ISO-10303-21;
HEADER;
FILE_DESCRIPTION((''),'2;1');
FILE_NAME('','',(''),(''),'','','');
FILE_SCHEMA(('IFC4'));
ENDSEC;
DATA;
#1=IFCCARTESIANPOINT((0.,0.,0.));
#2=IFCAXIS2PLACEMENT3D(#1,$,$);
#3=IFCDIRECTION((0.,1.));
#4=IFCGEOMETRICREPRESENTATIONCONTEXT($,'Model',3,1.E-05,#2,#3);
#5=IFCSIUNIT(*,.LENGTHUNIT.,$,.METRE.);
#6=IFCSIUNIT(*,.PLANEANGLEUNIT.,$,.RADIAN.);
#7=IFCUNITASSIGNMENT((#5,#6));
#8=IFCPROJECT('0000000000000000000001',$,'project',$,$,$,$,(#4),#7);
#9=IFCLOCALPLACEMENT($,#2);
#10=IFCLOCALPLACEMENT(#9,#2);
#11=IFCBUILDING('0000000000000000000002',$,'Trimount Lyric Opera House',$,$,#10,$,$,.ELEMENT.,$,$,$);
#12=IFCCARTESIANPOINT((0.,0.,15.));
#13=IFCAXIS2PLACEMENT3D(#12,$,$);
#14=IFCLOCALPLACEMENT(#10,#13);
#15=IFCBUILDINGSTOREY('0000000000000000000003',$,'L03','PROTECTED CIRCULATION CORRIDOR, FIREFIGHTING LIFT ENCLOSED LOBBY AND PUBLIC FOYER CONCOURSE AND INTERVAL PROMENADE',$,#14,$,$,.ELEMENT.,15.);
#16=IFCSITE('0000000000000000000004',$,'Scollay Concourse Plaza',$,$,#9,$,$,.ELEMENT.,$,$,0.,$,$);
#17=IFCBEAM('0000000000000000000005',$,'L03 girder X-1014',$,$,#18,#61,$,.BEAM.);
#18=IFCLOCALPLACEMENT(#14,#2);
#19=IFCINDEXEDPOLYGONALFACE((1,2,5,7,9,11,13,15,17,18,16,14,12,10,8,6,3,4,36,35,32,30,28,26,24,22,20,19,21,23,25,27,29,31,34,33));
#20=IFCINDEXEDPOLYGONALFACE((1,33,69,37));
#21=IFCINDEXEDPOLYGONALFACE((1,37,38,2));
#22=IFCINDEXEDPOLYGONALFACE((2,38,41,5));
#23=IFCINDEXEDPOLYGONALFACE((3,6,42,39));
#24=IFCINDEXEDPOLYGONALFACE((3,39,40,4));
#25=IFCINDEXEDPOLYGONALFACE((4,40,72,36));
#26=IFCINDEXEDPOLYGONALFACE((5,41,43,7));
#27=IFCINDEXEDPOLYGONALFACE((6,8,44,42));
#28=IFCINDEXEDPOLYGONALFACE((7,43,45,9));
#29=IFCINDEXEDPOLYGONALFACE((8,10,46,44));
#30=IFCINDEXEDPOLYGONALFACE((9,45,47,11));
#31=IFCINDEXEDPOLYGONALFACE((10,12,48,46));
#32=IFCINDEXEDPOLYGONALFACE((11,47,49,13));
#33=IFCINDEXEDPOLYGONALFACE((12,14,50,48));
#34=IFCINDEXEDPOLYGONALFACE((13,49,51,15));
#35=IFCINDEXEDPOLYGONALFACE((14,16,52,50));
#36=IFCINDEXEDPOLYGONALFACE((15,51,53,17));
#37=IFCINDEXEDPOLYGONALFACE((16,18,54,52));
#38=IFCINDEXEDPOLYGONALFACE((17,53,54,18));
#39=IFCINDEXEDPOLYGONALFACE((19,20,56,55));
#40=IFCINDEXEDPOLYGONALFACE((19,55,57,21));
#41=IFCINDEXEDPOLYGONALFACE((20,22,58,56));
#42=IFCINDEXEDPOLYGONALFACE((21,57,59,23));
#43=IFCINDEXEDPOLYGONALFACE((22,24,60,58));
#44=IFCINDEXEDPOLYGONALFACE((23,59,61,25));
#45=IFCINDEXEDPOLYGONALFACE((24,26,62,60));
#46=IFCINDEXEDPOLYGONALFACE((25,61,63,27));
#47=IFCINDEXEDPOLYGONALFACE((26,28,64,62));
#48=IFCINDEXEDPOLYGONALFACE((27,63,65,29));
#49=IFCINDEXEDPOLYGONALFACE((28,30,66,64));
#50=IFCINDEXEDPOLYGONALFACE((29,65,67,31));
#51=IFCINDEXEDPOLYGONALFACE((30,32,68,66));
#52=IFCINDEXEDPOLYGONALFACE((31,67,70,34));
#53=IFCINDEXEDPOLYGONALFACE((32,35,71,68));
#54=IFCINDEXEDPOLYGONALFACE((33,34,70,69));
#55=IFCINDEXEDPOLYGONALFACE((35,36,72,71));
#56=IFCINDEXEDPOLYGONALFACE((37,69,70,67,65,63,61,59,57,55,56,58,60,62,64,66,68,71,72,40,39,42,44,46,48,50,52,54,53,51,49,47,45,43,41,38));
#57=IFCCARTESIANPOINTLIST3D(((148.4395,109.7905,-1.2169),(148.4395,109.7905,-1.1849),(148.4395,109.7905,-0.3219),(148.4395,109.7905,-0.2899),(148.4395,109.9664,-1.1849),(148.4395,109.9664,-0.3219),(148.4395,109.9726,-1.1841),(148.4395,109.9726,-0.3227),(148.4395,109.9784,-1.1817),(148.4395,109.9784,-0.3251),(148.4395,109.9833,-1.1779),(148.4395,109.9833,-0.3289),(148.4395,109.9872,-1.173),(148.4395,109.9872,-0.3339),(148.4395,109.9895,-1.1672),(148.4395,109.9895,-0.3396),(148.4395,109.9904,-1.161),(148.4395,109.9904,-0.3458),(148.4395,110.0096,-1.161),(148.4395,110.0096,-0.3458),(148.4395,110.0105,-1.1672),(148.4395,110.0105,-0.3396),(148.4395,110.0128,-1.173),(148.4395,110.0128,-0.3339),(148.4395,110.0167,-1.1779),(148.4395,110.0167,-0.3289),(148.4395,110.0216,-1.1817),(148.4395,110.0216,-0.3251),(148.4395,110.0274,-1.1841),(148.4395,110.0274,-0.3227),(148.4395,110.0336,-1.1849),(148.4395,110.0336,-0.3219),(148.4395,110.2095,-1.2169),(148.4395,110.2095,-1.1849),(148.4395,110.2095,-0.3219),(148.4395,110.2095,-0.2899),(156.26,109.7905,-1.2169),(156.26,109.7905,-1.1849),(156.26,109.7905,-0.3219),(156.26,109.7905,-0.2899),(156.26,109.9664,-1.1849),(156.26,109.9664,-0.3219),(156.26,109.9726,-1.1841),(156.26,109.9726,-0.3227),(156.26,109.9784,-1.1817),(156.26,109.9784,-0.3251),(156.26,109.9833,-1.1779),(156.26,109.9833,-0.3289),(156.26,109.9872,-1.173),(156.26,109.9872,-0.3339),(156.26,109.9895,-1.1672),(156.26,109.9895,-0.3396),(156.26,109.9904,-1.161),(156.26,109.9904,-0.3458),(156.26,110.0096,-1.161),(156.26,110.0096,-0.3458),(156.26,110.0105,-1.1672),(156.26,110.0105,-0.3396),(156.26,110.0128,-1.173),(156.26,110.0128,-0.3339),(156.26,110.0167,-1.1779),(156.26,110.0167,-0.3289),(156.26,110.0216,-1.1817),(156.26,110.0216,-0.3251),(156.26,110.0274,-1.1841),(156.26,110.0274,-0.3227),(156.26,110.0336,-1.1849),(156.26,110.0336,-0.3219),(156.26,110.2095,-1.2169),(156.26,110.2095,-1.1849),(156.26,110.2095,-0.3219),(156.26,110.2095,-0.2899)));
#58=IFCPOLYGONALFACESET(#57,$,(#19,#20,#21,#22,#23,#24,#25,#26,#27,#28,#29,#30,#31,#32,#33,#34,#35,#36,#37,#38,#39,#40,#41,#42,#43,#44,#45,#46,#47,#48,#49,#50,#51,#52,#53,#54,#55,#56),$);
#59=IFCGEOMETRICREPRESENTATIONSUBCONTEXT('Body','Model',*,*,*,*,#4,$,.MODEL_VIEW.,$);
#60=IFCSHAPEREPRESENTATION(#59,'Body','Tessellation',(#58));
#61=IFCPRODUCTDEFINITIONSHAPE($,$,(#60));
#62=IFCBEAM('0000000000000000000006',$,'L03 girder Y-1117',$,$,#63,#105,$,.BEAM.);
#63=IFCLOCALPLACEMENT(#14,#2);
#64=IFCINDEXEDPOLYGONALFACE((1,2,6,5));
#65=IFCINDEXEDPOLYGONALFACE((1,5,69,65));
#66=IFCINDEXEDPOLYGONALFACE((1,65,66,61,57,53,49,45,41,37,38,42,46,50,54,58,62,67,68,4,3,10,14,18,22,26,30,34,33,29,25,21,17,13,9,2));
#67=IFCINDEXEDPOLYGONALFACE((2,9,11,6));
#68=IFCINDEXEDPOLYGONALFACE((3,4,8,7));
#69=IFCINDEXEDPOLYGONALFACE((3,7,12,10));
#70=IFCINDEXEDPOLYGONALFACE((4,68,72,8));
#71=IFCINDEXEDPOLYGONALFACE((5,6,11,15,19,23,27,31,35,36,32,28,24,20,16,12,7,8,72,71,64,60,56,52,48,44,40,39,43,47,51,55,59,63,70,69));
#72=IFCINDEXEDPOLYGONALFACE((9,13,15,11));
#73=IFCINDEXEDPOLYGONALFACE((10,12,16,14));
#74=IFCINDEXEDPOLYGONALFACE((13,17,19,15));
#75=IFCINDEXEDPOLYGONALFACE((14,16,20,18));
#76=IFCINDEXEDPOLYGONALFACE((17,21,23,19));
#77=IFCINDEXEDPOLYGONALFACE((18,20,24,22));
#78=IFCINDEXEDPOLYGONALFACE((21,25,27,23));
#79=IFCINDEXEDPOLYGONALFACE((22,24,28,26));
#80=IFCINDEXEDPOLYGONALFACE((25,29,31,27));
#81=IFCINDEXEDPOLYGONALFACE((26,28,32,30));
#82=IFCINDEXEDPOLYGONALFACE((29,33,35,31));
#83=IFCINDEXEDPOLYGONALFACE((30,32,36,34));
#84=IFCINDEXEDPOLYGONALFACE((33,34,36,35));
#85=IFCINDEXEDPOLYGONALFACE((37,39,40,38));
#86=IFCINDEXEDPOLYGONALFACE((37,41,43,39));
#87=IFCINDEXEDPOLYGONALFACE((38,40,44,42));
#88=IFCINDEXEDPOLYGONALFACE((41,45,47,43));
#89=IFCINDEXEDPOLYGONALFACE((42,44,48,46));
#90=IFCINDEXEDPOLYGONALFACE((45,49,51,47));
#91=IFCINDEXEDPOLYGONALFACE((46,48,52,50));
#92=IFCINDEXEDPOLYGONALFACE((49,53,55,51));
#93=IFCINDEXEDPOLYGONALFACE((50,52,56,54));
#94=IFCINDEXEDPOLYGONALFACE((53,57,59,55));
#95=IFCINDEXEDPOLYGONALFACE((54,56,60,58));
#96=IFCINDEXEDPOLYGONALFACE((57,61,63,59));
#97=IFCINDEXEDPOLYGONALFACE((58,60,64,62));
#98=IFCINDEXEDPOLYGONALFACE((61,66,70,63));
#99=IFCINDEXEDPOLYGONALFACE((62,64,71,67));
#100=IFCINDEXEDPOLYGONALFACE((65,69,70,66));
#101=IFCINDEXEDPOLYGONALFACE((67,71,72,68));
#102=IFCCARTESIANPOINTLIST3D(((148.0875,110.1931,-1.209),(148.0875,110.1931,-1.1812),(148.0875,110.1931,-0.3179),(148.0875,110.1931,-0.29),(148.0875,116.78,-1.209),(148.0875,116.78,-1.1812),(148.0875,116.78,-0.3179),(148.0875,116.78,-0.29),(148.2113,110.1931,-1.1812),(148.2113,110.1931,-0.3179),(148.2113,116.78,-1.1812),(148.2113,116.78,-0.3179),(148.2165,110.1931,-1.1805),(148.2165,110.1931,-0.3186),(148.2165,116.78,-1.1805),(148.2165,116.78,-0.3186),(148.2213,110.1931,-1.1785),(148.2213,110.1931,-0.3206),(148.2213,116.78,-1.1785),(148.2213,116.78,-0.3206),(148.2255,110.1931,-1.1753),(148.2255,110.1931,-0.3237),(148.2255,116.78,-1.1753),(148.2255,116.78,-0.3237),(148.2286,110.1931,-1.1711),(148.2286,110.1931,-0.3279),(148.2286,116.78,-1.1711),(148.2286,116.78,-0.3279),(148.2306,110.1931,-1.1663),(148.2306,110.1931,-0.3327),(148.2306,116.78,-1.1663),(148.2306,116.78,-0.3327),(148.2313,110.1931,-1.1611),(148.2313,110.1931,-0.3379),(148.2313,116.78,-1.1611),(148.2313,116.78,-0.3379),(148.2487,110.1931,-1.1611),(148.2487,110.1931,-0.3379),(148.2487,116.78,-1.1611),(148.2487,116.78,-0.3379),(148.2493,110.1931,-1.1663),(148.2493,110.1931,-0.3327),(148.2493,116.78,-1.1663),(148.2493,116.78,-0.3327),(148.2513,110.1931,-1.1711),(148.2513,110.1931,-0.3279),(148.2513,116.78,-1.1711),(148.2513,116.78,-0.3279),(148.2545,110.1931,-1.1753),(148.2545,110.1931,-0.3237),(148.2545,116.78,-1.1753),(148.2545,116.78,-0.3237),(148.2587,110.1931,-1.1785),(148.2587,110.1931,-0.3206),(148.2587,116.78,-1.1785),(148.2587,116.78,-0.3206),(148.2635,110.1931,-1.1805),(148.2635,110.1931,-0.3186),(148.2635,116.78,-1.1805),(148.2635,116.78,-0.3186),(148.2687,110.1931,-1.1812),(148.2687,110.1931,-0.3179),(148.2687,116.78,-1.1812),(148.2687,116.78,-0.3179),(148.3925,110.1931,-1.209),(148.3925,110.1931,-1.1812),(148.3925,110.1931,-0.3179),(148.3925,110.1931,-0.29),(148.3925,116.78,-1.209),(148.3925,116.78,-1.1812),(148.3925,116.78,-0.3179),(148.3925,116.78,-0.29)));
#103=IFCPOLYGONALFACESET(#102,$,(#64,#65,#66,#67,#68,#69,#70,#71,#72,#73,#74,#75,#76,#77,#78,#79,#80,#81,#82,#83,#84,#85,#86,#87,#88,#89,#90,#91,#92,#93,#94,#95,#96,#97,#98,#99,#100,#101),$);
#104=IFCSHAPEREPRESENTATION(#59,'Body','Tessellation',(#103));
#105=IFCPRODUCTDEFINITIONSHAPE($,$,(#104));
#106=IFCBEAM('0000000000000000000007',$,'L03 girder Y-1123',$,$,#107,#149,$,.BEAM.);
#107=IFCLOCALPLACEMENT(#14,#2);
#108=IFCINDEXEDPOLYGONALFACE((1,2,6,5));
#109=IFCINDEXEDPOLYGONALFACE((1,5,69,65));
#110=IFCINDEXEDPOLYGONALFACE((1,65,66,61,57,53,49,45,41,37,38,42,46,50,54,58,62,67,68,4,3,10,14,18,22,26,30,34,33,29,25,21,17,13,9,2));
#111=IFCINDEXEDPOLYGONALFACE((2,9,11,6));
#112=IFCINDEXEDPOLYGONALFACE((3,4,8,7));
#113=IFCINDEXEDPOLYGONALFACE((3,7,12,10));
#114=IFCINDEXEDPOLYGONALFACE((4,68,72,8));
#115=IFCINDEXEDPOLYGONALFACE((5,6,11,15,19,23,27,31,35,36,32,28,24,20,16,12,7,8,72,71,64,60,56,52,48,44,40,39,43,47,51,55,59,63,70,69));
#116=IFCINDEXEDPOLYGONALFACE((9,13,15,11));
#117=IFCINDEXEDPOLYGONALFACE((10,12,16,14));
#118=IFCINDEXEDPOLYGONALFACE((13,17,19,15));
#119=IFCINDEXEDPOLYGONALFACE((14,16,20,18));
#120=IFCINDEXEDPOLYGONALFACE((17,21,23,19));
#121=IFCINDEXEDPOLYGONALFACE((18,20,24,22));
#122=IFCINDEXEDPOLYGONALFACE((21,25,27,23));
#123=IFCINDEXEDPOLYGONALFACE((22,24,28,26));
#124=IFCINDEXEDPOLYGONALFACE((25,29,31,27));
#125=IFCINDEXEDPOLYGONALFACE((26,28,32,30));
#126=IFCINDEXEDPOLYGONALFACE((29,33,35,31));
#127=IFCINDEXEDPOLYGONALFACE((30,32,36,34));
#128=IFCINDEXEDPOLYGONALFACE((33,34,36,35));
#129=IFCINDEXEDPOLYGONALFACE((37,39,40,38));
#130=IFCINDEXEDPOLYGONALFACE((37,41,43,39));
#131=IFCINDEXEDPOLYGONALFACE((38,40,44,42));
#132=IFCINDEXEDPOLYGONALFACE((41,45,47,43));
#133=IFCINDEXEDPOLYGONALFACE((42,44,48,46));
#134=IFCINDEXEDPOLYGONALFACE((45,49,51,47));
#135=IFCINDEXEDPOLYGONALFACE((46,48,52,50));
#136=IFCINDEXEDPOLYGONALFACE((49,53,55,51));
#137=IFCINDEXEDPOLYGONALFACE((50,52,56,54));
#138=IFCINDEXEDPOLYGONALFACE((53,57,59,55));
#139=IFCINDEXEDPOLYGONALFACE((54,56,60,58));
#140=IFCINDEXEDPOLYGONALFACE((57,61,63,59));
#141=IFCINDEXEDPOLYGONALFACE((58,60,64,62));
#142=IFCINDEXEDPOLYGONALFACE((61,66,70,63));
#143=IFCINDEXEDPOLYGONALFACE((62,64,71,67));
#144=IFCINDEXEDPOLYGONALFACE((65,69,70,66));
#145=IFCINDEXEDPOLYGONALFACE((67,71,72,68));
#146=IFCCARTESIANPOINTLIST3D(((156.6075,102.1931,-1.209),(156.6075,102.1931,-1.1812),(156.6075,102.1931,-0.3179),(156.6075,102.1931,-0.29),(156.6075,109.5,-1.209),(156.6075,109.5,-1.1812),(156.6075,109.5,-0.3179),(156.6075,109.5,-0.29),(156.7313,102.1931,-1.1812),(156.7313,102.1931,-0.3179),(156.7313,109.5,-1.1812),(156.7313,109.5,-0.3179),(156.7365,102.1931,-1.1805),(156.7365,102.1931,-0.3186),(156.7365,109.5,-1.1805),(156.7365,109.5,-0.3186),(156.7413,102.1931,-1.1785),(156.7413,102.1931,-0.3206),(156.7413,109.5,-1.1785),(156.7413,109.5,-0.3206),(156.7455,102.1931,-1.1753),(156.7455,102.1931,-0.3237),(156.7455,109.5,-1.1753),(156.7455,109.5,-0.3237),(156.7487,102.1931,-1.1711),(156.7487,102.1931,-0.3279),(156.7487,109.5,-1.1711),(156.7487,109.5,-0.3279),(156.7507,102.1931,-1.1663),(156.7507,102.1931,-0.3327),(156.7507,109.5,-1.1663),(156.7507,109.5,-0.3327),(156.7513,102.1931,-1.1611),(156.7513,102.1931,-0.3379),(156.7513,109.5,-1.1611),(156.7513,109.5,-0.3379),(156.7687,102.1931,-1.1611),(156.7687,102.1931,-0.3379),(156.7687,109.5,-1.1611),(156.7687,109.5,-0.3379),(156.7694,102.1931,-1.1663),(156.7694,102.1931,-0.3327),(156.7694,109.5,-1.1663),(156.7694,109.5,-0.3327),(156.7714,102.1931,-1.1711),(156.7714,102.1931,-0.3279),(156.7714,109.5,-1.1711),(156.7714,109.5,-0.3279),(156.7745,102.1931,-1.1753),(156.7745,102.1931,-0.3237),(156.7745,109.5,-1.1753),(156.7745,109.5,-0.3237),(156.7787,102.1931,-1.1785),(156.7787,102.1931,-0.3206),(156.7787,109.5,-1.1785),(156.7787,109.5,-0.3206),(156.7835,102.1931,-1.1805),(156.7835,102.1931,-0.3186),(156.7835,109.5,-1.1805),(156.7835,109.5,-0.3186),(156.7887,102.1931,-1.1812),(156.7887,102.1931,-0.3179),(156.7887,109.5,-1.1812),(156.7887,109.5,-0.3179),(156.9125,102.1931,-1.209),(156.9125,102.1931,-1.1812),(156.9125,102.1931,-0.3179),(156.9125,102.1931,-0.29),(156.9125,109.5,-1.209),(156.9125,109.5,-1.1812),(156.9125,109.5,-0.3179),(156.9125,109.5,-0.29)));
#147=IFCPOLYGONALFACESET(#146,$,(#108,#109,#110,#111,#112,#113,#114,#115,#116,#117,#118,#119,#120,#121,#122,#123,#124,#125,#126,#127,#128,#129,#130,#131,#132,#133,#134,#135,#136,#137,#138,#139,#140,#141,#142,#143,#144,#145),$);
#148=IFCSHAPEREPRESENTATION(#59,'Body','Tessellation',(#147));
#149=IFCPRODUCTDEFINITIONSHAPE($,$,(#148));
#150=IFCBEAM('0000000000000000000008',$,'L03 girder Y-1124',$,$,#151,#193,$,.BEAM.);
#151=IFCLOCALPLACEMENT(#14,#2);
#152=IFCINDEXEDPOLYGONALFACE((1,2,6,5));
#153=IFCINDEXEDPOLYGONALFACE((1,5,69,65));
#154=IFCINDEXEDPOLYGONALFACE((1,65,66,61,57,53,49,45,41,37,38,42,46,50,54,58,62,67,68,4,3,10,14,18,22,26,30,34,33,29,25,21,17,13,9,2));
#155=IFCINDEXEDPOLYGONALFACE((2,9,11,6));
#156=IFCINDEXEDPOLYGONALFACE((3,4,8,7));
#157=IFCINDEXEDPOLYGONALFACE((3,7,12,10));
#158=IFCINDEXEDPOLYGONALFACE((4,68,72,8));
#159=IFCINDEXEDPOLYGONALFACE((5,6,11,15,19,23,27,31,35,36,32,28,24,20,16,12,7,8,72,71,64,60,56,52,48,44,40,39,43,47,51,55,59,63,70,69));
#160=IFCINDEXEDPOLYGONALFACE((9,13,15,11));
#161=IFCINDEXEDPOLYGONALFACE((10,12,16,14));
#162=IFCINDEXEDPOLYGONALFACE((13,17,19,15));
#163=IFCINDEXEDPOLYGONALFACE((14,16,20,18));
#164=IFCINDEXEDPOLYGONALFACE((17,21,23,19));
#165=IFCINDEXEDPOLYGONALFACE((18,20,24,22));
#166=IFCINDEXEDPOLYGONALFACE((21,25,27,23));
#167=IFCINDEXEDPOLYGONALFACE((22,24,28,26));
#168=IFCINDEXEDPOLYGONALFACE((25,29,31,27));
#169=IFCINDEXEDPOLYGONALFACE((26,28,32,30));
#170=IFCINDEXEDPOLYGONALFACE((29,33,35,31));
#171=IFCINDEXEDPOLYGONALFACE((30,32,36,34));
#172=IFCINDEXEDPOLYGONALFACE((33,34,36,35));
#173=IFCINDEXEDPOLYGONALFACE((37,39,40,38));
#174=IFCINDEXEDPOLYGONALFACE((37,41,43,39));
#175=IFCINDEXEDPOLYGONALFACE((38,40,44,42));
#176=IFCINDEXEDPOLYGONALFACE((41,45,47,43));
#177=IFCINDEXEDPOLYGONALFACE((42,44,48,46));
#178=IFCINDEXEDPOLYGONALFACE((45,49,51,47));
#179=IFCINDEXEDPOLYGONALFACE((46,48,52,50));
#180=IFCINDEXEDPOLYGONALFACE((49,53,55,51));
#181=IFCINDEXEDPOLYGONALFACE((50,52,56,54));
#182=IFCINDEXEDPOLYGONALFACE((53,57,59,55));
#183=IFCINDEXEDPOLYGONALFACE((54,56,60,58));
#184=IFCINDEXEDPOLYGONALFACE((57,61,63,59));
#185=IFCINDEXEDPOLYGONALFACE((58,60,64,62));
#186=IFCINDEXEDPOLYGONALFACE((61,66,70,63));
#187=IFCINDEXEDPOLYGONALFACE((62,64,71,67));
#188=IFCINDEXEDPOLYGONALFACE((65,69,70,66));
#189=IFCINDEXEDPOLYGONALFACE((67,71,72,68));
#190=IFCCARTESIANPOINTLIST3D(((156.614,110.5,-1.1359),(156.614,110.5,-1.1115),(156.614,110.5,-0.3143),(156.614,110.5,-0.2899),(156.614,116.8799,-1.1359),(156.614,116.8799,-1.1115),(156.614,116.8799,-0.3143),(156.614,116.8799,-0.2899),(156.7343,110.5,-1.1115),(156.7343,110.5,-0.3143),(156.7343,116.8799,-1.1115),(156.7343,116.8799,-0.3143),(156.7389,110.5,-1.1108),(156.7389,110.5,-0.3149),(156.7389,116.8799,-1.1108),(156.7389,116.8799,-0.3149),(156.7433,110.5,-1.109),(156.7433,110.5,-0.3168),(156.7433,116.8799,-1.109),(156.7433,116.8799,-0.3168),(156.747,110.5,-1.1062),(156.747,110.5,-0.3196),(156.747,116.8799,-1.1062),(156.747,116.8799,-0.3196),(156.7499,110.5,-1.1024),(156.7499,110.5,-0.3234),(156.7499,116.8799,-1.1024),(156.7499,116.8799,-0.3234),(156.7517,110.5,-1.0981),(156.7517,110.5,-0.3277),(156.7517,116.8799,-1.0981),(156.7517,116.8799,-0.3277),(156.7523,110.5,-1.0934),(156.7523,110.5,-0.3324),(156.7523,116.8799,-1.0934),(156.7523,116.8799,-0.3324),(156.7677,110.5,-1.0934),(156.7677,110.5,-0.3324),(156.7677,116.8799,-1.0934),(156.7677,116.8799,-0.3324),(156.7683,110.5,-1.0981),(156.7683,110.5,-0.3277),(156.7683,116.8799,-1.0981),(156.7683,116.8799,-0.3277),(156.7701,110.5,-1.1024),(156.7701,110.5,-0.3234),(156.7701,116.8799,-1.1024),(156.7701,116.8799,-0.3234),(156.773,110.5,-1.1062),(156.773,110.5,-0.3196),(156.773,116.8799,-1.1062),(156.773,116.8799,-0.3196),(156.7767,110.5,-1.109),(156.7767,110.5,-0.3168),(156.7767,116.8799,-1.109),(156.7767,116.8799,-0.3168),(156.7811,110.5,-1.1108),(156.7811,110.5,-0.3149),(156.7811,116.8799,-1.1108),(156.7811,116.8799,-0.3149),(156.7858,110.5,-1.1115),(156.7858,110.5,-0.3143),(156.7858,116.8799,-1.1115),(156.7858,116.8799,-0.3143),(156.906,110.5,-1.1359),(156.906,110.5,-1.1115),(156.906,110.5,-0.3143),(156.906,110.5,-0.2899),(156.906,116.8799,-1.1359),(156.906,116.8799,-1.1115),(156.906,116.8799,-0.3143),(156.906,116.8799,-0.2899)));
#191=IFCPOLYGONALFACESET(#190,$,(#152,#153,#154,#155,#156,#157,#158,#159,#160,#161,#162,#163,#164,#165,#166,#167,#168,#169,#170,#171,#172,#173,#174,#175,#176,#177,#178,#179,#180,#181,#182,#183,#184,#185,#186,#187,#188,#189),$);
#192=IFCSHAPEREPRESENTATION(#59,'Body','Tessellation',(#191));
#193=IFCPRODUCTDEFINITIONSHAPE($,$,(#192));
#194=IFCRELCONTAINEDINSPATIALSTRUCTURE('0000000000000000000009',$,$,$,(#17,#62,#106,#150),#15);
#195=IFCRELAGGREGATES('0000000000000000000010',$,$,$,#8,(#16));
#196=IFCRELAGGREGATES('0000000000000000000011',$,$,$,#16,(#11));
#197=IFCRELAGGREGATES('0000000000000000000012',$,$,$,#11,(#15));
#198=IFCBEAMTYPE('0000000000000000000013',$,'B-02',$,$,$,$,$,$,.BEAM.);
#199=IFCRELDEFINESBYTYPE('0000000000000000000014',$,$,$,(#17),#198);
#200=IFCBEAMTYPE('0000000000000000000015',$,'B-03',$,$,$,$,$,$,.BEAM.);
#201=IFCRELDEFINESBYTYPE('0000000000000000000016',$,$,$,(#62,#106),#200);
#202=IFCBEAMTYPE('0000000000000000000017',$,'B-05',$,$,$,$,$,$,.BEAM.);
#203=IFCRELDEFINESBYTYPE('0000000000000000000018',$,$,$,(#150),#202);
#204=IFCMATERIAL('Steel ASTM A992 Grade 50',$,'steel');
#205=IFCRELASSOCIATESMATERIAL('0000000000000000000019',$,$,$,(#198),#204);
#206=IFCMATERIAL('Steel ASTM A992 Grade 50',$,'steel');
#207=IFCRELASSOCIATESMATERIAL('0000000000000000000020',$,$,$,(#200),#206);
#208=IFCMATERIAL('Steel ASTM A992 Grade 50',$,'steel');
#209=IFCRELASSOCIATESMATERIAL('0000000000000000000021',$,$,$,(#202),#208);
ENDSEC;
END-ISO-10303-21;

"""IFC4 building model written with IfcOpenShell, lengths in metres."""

from ifc_helpers import new_model, si_unit, direction, frame, origin, origin_2d, place, context, subcontext, project, spatial, i_section, extrude, material, material_profile, profile_set, type_object, element, save


model = new_model("IFC4")

# Units and contexts
model_context = context("Model", 3, precision=1e-05, world=origin(), true_north=direction((0.0, 1.0)))
body_context = subcontext(model_context, "Body", "Model", "MODEL_VIEW")
ifc_project = project(units=[si_unit("LENGTHUNIT", "METRE"), si_unit("PLANEANGLEUNIT", "RADIAN")], contexts=[model_context])

# Site, building, storey
site_placement = place(None, origin())
site = spatial("IfcSite", under=ifc_project, at=site_placement, Name="Scollay Concourse Plaza", CompositionType="ELEMENT", RefElevation=0.0)
building_placement = place(site_placement, origin())
building = spatial("IfcBuilding", under=site, at=building_placement, Name="Trimount Lyric Opera House", CompositionType="ELEMENT")
storey_placement = place(building_placement, frame((0.0, 0.0, 15.0)))
storey = spatial("IfcBuildingStorey", under=building, at=storey_placement, Name="L03", Description="PROTECTED CIRCULATION CORRIDOR, FIREFIGHTING LIFT ENCLOSED LOBBY AND PUBLIC FOYER CONCOURSE AND INTERVAL PROMENADE", CompositionType="ELEMENT", Elevation=15.0)

# Beams
ifc_material_1 = material(Name="Steel ASTM A992 Grade 50", Category="steel")
ifc_material_profile_1 = material_profile(ifc_material_1, i_section(OverallWidth=0.4189, OverallDepth=0.927, WebThickness=0.0193, FlangeThickness=0.032, FilletRadius=0.0239, at=origin_2d()), Name="W36X231")
ifc_profile_set_1 = profile_set([ifc_material_profile_1], Name="Steel ASTM A992 Grade 50")
beam_type_1 = type_object("IfcBeamType", Name="B-02", PredefinedType="BEAM", material=ifc_profile_set_1)
beam_1_placement = place(storey_placement, frame((148.4395, 110.0, -0.7534), z_axis=(1.0, 0.0, 0.0), x_axis=(0.0, 1.0, 0.0)))
element("IfcBeam", 1, at=beam_1_placement, inside=storey, type_object=beam_type_1, Name="L03 girder X-1014", PredefinedType="BEAM", context=body_context, shape_type="SweptSolid", body=[
    extrude(i_section(OverallWidth=0.4189, OverallDepth=0.927, WebThickness=0.0193, FlangeThickness=0.032, FilletRadius=0.0239, at=origin_2d()), origin(), (0.0, 0.0, 1.0), 7.8206),
])
ifc_material_2 = material(Name="Steel ASTM A992 Grade 50", Category="steel")
ifc_material_profile_2 = material_profile(ifc_material_2, i_section(OverallWidth=0.3049, OverallDepth=0.9189, WebThickness=0.0173, FlangeThickness=0.0278, FilletRadius=0.02, at=origin_2d()), Name="W36X170")
ifc_profile_set_2 = profile_set([ifc_material_profile_2], Name="Steel ASTM A992 Grade 50")
beam_type_2 = type_object("IfcBeamType", Name="B-03", PredefinedType="BEAM", material=ifc_profile_set_2)
beam_2_placement = place(storey_placement, frame((148.24, 110.1931, -0.7495), z_axis=(0.0, 1.0, 0.0), x_axis=(-1.0, 0.0, 0.0)))
element("IfcBeam", 2, at=beam_2_placement, inside=storey, type_object=beam_type_2, Name="L03 girder Y-1117", PredefinedType="BEAM", context=body_context, shape_type="SweptSolid", body=[
    extrude(i_section(OverallWidth=0.3049, OverallDepth=0.9189, WebThickness=0.0173, FlangeThickness=0.0278, FilletRadius=0.02, at=origin_2d()), origin(), (0.0, 0.0, 1.0), 6.5869),
])
beam_3_placement = place(storey_placement, frame((156.76, 102.1931, -0.7495), z_axis=(0.0, 1.0, 0.0), x_axis=(-1.0, 0.0, 0.0)))
element("IfcBeam", 3, at=beam_3_placement, inside=storey, type_object=beam_type_2, Name="L03 girder Y-1123", PredefinedType="BEAM", context=body_context, shape_type="SweptSolid", body=[
    extrude(i_section(OverallWidth=0.3049, OverallDepth=0.9189, WebThickness=0.0173, FlangeThickness=0.0278, FilletRadius=0.02, at=origin_2d()), origin(), (0.0, 0.0, 1.0), 7.3069),
])
ifc_material_3 = material(Name="Steel ASTM A992 Grade 50", Category="steel")
ifc_material_profile_3 = material_profile(ifc_material_3, i_section(OverallWidth=0.292, OverallDepth=0.8459, WebThickness=0.0154, FlangeThickness=0.0244, FilletRadius=0.0181, at=origin_2d()), Name="W33X141")
ifc_profile_set_3 = profile_set([ifc_material_profile_3], Name="Steel ASTM A992 Grade 50")
beam_type_3 = type_object("IfcBeamType", Name="B-05", PredefinedType="BEAM", material=ifc_profile_set_3)
beam_4_placement = place(storey_placement, frame((156.76, 110.5, -0.7129), z_axis=(0.0, 1.0, 0.0), x_axis=(-1.0, 0.0, 0.0)))
element("IfcBeam", 4, at=beam_4_placement, inside=storey, type_object=beam_type_3, Name="L03 girder Y-1124", PredefinedType="BEAM", context=body_context, shape_type="SweptSolid", body=[
    extrude(i_section(OverallWidth=0.292, OverallDepth=0.8459, WebThickness=0.0154, FlangeThickness=0.0244, FilletRadius=0.0181, at=origin_2d()), origin(), (0.0, 0.0, 1.0), 6.3799),
])

save(model, "model.ifc")
